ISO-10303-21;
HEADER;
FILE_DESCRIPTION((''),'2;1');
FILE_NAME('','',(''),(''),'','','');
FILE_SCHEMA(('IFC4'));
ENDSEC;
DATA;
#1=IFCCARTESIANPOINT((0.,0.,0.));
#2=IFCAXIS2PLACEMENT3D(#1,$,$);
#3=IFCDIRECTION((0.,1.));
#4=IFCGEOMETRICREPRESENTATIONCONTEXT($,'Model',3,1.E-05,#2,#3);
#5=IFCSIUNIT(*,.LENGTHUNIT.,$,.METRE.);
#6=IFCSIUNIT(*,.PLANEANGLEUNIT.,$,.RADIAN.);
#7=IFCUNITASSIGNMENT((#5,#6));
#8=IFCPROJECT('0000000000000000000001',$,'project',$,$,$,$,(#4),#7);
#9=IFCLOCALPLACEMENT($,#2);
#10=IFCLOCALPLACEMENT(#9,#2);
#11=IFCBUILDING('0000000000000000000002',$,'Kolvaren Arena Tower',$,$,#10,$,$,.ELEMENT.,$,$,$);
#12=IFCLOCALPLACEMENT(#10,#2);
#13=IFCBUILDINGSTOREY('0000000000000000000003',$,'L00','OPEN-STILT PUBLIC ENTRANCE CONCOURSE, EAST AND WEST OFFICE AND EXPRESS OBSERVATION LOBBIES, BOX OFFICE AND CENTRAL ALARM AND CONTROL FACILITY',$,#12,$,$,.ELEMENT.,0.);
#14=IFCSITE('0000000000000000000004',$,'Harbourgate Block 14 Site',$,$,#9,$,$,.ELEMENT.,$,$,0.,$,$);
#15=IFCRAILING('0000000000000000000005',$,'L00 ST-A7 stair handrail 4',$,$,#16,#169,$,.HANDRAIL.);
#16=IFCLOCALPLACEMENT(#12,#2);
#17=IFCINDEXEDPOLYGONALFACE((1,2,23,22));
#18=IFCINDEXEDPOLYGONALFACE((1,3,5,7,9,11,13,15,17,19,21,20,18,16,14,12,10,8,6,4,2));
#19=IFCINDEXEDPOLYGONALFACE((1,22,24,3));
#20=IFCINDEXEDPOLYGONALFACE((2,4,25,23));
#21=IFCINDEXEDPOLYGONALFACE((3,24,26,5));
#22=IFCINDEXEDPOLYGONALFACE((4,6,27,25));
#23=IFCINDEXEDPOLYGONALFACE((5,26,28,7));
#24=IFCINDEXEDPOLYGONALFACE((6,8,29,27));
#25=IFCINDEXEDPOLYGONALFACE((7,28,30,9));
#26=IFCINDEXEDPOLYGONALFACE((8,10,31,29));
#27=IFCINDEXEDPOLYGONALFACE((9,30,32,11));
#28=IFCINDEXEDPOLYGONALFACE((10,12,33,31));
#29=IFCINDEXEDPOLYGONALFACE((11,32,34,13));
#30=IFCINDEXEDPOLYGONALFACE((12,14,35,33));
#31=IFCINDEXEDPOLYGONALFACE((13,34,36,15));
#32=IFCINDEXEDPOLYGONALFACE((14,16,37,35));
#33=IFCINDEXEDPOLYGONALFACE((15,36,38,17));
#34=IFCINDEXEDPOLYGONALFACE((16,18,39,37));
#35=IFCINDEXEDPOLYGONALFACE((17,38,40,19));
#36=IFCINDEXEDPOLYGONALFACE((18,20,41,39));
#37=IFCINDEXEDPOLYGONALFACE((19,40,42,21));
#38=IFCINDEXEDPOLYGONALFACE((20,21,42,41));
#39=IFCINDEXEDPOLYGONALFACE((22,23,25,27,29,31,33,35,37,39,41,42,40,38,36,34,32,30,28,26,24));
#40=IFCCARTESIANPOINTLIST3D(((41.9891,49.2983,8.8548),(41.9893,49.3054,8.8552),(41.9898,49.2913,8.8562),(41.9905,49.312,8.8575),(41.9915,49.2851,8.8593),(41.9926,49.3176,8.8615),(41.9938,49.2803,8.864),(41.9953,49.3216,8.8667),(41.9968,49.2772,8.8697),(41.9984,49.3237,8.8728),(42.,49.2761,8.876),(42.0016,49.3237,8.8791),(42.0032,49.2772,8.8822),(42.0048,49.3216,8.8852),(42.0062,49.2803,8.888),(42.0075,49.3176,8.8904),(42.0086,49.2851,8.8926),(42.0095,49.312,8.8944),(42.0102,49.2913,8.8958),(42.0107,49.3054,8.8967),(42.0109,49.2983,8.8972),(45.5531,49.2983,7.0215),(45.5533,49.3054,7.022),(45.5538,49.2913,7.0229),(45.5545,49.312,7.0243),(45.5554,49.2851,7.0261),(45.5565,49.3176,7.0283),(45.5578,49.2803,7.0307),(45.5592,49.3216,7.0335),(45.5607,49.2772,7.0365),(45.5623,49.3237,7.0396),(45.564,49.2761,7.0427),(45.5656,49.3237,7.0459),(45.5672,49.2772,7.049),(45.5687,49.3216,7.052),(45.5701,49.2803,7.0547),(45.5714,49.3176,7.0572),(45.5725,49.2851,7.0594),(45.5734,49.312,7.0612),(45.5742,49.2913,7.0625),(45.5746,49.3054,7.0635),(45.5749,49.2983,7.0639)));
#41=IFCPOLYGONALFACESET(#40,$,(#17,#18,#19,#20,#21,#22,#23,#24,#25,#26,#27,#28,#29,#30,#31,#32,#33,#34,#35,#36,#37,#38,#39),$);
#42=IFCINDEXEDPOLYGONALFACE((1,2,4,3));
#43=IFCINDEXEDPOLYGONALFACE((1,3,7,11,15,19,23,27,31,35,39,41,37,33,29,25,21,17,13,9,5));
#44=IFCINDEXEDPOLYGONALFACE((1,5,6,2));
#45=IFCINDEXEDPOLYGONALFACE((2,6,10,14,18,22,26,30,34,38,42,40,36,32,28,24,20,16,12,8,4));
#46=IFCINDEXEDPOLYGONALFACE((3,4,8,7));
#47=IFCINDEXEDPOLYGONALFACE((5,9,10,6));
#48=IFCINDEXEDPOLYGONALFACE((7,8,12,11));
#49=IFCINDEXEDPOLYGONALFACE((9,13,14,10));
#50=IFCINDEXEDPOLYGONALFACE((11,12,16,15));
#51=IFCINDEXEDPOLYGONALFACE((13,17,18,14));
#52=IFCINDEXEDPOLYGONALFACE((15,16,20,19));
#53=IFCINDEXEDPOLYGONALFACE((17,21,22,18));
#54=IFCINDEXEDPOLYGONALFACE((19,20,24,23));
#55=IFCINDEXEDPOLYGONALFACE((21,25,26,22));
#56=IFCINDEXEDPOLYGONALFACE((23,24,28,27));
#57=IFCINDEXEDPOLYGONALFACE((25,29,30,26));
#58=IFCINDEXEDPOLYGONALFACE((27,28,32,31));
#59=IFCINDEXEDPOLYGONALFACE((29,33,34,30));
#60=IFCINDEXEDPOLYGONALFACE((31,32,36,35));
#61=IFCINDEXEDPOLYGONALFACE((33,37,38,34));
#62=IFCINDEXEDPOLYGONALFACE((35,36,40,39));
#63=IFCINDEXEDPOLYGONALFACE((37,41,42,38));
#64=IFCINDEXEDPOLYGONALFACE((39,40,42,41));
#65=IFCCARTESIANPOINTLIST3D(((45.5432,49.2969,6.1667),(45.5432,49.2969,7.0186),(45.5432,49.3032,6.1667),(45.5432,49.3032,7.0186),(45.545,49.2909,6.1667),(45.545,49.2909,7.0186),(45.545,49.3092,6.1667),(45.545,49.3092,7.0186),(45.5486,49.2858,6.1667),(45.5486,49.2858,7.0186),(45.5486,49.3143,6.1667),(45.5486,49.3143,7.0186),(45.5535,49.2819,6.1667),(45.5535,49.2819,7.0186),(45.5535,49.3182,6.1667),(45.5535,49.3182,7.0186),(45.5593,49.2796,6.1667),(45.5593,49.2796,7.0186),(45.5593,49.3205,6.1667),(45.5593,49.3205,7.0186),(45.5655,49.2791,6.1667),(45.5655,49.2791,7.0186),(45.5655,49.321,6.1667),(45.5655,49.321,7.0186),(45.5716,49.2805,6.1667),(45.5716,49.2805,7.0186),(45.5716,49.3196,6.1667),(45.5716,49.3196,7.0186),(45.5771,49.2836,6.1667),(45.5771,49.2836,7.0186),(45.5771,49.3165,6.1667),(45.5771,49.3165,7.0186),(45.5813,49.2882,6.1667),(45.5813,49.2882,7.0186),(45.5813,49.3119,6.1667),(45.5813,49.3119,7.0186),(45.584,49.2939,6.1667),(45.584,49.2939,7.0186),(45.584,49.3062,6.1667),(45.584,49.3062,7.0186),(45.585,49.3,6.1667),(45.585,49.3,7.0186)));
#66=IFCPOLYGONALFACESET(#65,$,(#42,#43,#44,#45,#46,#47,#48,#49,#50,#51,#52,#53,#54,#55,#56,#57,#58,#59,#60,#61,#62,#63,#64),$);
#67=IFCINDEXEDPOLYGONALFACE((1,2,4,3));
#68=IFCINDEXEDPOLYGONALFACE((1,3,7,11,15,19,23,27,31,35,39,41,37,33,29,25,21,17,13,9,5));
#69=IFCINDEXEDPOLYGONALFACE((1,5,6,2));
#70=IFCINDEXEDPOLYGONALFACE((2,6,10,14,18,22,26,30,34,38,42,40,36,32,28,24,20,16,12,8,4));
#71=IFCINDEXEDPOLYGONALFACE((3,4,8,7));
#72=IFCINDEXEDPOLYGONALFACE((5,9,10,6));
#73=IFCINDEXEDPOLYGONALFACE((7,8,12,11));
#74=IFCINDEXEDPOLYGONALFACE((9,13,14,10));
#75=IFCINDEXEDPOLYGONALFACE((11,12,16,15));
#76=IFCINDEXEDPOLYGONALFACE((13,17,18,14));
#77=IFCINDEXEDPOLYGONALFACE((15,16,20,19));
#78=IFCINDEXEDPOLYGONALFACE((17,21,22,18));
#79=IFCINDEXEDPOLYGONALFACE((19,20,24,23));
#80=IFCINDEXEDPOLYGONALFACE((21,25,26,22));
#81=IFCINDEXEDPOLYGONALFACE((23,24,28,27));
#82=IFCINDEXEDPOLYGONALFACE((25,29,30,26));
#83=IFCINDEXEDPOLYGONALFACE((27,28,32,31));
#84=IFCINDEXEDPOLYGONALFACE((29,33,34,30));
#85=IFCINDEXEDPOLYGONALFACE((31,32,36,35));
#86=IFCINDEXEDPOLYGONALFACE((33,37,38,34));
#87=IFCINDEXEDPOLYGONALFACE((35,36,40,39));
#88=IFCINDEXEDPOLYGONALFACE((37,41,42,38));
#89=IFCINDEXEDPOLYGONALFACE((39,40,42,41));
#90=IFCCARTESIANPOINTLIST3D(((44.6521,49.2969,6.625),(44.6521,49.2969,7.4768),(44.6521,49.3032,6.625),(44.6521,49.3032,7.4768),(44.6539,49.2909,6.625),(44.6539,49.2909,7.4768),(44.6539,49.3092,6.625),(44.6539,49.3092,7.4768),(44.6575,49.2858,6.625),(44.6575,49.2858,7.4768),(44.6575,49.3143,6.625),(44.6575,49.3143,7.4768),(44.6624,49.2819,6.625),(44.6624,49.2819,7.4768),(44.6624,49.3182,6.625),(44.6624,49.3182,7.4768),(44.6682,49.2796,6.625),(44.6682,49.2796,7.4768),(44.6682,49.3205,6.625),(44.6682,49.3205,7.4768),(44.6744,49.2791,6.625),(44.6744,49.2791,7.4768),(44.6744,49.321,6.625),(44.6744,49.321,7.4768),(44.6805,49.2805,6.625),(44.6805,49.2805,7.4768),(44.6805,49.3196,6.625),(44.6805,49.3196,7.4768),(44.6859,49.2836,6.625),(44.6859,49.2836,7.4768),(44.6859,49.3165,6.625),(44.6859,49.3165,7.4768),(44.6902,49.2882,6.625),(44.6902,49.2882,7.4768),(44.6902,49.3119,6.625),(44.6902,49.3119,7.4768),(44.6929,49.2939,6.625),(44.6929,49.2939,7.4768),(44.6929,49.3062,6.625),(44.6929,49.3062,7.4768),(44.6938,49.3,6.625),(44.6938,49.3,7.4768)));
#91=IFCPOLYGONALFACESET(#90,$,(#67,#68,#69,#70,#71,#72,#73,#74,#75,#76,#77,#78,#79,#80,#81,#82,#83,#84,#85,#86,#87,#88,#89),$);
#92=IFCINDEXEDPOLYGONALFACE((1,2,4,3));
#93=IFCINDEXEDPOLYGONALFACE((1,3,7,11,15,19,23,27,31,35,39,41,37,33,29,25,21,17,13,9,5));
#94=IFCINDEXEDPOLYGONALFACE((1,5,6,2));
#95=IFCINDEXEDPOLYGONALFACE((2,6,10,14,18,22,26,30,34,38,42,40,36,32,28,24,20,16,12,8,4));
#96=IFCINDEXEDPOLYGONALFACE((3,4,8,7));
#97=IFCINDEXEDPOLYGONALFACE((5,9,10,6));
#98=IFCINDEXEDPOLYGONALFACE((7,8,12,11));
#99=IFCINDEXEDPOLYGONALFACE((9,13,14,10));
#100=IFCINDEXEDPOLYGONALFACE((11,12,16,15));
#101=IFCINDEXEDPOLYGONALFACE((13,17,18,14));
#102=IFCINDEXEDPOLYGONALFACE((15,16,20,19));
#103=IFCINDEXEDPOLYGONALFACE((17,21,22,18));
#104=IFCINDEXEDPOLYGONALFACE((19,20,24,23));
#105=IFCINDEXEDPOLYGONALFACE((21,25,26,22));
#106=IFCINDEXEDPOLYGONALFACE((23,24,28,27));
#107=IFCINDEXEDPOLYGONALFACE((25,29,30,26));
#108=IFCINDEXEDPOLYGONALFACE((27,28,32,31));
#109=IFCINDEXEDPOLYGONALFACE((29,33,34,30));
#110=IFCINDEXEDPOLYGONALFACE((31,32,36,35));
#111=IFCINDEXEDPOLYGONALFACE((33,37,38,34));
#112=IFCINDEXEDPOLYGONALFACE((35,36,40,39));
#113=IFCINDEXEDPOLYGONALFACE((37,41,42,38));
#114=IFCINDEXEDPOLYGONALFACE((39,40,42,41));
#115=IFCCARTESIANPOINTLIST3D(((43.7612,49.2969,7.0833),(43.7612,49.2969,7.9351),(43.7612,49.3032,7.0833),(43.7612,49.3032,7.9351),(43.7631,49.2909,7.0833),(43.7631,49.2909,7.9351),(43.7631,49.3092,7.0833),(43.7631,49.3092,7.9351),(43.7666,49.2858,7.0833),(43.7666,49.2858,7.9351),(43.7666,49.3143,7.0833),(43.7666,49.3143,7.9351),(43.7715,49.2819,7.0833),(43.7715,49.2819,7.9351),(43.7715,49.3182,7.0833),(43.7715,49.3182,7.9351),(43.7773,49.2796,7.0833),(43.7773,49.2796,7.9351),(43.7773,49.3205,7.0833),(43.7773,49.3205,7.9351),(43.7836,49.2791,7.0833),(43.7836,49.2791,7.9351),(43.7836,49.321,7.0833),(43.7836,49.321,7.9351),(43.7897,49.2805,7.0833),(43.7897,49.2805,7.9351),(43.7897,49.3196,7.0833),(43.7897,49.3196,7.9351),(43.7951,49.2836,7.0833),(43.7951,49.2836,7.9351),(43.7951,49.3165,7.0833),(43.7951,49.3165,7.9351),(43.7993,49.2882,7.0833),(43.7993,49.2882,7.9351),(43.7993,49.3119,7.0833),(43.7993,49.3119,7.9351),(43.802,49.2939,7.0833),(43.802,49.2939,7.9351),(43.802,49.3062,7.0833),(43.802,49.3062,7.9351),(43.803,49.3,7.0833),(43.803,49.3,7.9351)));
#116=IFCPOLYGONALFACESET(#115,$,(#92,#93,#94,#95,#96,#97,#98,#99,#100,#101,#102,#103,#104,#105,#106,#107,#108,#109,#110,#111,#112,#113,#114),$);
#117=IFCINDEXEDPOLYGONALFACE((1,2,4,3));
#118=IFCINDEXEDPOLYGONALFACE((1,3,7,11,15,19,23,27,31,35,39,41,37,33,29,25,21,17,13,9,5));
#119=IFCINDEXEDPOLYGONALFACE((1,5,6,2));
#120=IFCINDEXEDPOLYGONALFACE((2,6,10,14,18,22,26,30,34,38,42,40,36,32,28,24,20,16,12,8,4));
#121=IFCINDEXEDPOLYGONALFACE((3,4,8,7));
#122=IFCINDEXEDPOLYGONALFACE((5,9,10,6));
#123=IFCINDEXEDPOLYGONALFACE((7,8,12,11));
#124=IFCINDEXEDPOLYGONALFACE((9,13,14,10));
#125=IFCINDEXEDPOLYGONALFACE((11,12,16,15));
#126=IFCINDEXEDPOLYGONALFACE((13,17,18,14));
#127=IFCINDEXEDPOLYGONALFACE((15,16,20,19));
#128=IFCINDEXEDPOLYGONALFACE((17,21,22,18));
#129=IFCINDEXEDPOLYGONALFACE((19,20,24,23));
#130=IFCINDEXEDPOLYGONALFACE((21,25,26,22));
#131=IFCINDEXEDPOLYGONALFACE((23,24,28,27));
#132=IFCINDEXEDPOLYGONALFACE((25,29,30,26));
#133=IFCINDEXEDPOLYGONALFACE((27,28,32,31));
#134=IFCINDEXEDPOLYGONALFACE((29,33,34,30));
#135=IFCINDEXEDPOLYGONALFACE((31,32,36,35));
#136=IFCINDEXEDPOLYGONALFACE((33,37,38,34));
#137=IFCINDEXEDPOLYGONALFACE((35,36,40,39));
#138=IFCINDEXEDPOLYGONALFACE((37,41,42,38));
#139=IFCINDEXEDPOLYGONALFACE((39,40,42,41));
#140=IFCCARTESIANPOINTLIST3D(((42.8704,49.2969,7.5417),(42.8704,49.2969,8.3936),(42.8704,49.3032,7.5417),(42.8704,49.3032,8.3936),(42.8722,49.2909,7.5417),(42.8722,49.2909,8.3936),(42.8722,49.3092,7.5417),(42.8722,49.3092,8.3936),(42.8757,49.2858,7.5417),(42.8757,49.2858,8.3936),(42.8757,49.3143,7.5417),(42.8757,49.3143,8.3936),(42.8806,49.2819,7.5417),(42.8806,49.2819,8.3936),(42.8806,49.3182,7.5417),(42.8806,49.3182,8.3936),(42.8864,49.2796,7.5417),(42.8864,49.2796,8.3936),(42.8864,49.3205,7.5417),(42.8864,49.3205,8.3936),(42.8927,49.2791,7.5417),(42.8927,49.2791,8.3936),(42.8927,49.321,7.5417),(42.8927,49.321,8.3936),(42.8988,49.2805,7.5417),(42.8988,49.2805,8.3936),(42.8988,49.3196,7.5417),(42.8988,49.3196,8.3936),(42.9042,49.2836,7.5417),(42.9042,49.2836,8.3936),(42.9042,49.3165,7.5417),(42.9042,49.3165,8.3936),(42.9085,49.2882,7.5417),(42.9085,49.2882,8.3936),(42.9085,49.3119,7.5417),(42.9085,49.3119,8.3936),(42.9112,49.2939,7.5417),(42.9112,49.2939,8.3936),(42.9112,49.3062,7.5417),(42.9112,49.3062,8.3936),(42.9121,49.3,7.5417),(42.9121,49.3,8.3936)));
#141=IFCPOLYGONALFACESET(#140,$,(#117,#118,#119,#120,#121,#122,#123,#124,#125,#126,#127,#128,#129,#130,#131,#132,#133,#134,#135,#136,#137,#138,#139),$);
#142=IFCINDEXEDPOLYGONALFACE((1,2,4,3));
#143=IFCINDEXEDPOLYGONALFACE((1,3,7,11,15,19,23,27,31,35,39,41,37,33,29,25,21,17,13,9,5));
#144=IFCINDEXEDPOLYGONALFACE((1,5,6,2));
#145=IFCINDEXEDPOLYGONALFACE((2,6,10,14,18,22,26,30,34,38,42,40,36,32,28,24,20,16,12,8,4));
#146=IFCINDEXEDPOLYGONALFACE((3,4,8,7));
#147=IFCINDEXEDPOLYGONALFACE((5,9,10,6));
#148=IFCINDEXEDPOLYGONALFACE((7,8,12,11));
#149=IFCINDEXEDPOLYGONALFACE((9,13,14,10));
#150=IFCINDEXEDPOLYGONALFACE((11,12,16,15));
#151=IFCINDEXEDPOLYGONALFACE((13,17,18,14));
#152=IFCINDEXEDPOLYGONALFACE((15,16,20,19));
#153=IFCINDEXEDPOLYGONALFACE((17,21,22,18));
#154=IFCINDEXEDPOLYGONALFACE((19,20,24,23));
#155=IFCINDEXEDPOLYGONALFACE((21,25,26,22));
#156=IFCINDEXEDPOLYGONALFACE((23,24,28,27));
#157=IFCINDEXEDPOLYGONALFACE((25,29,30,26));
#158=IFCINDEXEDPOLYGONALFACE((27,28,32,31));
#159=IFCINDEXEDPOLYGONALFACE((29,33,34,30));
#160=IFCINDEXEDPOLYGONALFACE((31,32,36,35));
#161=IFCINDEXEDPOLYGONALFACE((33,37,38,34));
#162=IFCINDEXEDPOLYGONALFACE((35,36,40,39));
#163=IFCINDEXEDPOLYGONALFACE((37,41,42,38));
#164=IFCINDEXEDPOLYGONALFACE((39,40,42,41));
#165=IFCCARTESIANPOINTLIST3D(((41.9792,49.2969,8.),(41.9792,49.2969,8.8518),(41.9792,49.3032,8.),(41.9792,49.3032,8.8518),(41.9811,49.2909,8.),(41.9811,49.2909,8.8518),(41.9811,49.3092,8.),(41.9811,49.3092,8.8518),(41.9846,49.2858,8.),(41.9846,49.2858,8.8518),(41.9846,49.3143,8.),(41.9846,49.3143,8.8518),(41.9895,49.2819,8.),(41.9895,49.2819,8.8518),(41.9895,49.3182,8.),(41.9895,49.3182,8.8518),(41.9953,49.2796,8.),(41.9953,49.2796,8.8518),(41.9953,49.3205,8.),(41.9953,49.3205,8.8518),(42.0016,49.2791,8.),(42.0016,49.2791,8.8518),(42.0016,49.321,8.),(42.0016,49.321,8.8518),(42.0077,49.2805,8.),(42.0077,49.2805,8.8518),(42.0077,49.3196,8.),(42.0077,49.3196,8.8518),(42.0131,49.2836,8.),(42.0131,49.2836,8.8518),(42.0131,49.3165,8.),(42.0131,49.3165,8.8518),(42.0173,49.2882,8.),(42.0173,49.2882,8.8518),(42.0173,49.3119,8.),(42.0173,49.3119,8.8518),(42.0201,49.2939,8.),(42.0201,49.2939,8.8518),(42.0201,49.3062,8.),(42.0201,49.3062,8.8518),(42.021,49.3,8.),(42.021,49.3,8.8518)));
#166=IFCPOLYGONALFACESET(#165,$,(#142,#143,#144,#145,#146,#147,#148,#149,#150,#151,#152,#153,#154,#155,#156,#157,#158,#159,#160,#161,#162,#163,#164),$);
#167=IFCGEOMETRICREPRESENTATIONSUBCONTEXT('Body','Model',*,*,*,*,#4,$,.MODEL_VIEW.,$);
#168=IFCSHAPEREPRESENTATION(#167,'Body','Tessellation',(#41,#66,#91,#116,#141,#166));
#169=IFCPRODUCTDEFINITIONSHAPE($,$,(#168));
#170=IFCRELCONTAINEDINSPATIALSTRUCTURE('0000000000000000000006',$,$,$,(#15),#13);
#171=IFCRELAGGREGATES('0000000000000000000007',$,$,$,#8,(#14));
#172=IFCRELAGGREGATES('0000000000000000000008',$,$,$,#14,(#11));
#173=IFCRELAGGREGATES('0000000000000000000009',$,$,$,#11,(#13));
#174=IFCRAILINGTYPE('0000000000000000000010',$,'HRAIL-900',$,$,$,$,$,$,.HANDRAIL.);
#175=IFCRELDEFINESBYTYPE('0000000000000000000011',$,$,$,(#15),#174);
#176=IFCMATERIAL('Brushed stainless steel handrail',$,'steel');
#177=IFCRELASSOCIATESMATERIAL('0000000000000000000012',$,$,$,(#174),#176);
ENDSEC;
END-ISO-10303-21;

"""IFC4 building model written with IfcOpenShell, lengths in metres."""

from ifc_helpers import new_model, si_unit, direction, frame, origin, origin_2d, place, context, subcontext, project, spatial, circle, extrude, material, type_object, element, save


model = new_model("IFC4")

# Units and contexts
model_context = context("Model", 3, precision=1e-05, world=origin(), true_north=direction((0.0, 1.0)))
body_context = subcontext(model_context, "Body", "Model", "MODEL_VIEW")
ifc_project = project(units=[si_unit("LENGTHUNIT", "METRE"), si_unit("PLANEANGLEUNIT", "RADIAN")], contexts=[model_context])

# Site, building, storey
site_placement = place(None, origin())
site = spatial("IfcSite", under=ifc_project, at=site_placement, Name="Harbourgate Block 14 Site", CompositionType="ELEMENT", RefElevation=0.0)
building_placement = place(site_placement, origin())
building = spatial("IfcBuilding", under=site, at=building_placement, Name="Kolvaren Arena Tower", CompositionType="ELEMENT")
storey_placement = place(building_placement, origin())
storey = spatial("IfcBuildingStorey", under=building, at=storey_placement, Name="L00", Description="OPEN-STILT PUBLIC ENTRANCE CONCOURSE, EAST AND WEST OFFICE AND EXPRESS OBSERVATION LOBBIES, BOX OFFICE AND CENTRAL ALARM AND CONTROL FACILITY", CompositionType="ELEMENT", Elevation=0.0)

# Railing
ifc_material_1 = material(Name="Brushed stainless steel handrail", Category="steel")
railing_type_1 = type_object("IfcRailingType", Name="HRAIL-900", PredefinedType="HANDRAIL", material=ifc_material_1)
for number, where, name in (
    (1, (45.564, 49.3, 6.1667), "L00 ST-A7 stair handrail 4"),
):
    element("IfcRailing", number, at=place(storey_placement, frame(where)), inside=storey, type_object=railing_type_1, Name=name, PredefinedType="HANDRAIL", context=body_context, shape_type="SweptSolid", body=[
        extrude(circle(Radius=0.0239, at=origin_2d()), frame((0.0, 0.0, 0.876), z_axis=(-0.889252, 0.0, 0.457418), x_axis=(0.0, -1.0, 0.0)), (0.0, 0.0, 1.0), 4.0078),
        extrude(circle(Radius=0.021, at=origin_2d()), origin(), (0.0, 0.0, 1.0), 0.8518),
        extrude(circle(Radius=0.021, at=origin_2d()), frame((-0.8911, 0.0, 0.4583)), (0.0, 0.0, 1.0), 0.8518),
        extrude(circle(Radius=0.021, at=origin_2d()), frame((-1.782, 0.0, 0.9165)), (0.0, 0.0, 1.0), 0.8518),
        extrude(circle(Radius=0.021, at=origin_2d()), frame((-2.6729, 0.0, 1.375)), (0.0, 0.0, 1.0), 0.8518),
        extrude(circle(Radius=0.021, at=origin_2d()), frame((-3.564, 0.0, 1.8333)), (0.0, 0.0, 1.0), 0.8518),
    ])

save(model, "model.ifc")
